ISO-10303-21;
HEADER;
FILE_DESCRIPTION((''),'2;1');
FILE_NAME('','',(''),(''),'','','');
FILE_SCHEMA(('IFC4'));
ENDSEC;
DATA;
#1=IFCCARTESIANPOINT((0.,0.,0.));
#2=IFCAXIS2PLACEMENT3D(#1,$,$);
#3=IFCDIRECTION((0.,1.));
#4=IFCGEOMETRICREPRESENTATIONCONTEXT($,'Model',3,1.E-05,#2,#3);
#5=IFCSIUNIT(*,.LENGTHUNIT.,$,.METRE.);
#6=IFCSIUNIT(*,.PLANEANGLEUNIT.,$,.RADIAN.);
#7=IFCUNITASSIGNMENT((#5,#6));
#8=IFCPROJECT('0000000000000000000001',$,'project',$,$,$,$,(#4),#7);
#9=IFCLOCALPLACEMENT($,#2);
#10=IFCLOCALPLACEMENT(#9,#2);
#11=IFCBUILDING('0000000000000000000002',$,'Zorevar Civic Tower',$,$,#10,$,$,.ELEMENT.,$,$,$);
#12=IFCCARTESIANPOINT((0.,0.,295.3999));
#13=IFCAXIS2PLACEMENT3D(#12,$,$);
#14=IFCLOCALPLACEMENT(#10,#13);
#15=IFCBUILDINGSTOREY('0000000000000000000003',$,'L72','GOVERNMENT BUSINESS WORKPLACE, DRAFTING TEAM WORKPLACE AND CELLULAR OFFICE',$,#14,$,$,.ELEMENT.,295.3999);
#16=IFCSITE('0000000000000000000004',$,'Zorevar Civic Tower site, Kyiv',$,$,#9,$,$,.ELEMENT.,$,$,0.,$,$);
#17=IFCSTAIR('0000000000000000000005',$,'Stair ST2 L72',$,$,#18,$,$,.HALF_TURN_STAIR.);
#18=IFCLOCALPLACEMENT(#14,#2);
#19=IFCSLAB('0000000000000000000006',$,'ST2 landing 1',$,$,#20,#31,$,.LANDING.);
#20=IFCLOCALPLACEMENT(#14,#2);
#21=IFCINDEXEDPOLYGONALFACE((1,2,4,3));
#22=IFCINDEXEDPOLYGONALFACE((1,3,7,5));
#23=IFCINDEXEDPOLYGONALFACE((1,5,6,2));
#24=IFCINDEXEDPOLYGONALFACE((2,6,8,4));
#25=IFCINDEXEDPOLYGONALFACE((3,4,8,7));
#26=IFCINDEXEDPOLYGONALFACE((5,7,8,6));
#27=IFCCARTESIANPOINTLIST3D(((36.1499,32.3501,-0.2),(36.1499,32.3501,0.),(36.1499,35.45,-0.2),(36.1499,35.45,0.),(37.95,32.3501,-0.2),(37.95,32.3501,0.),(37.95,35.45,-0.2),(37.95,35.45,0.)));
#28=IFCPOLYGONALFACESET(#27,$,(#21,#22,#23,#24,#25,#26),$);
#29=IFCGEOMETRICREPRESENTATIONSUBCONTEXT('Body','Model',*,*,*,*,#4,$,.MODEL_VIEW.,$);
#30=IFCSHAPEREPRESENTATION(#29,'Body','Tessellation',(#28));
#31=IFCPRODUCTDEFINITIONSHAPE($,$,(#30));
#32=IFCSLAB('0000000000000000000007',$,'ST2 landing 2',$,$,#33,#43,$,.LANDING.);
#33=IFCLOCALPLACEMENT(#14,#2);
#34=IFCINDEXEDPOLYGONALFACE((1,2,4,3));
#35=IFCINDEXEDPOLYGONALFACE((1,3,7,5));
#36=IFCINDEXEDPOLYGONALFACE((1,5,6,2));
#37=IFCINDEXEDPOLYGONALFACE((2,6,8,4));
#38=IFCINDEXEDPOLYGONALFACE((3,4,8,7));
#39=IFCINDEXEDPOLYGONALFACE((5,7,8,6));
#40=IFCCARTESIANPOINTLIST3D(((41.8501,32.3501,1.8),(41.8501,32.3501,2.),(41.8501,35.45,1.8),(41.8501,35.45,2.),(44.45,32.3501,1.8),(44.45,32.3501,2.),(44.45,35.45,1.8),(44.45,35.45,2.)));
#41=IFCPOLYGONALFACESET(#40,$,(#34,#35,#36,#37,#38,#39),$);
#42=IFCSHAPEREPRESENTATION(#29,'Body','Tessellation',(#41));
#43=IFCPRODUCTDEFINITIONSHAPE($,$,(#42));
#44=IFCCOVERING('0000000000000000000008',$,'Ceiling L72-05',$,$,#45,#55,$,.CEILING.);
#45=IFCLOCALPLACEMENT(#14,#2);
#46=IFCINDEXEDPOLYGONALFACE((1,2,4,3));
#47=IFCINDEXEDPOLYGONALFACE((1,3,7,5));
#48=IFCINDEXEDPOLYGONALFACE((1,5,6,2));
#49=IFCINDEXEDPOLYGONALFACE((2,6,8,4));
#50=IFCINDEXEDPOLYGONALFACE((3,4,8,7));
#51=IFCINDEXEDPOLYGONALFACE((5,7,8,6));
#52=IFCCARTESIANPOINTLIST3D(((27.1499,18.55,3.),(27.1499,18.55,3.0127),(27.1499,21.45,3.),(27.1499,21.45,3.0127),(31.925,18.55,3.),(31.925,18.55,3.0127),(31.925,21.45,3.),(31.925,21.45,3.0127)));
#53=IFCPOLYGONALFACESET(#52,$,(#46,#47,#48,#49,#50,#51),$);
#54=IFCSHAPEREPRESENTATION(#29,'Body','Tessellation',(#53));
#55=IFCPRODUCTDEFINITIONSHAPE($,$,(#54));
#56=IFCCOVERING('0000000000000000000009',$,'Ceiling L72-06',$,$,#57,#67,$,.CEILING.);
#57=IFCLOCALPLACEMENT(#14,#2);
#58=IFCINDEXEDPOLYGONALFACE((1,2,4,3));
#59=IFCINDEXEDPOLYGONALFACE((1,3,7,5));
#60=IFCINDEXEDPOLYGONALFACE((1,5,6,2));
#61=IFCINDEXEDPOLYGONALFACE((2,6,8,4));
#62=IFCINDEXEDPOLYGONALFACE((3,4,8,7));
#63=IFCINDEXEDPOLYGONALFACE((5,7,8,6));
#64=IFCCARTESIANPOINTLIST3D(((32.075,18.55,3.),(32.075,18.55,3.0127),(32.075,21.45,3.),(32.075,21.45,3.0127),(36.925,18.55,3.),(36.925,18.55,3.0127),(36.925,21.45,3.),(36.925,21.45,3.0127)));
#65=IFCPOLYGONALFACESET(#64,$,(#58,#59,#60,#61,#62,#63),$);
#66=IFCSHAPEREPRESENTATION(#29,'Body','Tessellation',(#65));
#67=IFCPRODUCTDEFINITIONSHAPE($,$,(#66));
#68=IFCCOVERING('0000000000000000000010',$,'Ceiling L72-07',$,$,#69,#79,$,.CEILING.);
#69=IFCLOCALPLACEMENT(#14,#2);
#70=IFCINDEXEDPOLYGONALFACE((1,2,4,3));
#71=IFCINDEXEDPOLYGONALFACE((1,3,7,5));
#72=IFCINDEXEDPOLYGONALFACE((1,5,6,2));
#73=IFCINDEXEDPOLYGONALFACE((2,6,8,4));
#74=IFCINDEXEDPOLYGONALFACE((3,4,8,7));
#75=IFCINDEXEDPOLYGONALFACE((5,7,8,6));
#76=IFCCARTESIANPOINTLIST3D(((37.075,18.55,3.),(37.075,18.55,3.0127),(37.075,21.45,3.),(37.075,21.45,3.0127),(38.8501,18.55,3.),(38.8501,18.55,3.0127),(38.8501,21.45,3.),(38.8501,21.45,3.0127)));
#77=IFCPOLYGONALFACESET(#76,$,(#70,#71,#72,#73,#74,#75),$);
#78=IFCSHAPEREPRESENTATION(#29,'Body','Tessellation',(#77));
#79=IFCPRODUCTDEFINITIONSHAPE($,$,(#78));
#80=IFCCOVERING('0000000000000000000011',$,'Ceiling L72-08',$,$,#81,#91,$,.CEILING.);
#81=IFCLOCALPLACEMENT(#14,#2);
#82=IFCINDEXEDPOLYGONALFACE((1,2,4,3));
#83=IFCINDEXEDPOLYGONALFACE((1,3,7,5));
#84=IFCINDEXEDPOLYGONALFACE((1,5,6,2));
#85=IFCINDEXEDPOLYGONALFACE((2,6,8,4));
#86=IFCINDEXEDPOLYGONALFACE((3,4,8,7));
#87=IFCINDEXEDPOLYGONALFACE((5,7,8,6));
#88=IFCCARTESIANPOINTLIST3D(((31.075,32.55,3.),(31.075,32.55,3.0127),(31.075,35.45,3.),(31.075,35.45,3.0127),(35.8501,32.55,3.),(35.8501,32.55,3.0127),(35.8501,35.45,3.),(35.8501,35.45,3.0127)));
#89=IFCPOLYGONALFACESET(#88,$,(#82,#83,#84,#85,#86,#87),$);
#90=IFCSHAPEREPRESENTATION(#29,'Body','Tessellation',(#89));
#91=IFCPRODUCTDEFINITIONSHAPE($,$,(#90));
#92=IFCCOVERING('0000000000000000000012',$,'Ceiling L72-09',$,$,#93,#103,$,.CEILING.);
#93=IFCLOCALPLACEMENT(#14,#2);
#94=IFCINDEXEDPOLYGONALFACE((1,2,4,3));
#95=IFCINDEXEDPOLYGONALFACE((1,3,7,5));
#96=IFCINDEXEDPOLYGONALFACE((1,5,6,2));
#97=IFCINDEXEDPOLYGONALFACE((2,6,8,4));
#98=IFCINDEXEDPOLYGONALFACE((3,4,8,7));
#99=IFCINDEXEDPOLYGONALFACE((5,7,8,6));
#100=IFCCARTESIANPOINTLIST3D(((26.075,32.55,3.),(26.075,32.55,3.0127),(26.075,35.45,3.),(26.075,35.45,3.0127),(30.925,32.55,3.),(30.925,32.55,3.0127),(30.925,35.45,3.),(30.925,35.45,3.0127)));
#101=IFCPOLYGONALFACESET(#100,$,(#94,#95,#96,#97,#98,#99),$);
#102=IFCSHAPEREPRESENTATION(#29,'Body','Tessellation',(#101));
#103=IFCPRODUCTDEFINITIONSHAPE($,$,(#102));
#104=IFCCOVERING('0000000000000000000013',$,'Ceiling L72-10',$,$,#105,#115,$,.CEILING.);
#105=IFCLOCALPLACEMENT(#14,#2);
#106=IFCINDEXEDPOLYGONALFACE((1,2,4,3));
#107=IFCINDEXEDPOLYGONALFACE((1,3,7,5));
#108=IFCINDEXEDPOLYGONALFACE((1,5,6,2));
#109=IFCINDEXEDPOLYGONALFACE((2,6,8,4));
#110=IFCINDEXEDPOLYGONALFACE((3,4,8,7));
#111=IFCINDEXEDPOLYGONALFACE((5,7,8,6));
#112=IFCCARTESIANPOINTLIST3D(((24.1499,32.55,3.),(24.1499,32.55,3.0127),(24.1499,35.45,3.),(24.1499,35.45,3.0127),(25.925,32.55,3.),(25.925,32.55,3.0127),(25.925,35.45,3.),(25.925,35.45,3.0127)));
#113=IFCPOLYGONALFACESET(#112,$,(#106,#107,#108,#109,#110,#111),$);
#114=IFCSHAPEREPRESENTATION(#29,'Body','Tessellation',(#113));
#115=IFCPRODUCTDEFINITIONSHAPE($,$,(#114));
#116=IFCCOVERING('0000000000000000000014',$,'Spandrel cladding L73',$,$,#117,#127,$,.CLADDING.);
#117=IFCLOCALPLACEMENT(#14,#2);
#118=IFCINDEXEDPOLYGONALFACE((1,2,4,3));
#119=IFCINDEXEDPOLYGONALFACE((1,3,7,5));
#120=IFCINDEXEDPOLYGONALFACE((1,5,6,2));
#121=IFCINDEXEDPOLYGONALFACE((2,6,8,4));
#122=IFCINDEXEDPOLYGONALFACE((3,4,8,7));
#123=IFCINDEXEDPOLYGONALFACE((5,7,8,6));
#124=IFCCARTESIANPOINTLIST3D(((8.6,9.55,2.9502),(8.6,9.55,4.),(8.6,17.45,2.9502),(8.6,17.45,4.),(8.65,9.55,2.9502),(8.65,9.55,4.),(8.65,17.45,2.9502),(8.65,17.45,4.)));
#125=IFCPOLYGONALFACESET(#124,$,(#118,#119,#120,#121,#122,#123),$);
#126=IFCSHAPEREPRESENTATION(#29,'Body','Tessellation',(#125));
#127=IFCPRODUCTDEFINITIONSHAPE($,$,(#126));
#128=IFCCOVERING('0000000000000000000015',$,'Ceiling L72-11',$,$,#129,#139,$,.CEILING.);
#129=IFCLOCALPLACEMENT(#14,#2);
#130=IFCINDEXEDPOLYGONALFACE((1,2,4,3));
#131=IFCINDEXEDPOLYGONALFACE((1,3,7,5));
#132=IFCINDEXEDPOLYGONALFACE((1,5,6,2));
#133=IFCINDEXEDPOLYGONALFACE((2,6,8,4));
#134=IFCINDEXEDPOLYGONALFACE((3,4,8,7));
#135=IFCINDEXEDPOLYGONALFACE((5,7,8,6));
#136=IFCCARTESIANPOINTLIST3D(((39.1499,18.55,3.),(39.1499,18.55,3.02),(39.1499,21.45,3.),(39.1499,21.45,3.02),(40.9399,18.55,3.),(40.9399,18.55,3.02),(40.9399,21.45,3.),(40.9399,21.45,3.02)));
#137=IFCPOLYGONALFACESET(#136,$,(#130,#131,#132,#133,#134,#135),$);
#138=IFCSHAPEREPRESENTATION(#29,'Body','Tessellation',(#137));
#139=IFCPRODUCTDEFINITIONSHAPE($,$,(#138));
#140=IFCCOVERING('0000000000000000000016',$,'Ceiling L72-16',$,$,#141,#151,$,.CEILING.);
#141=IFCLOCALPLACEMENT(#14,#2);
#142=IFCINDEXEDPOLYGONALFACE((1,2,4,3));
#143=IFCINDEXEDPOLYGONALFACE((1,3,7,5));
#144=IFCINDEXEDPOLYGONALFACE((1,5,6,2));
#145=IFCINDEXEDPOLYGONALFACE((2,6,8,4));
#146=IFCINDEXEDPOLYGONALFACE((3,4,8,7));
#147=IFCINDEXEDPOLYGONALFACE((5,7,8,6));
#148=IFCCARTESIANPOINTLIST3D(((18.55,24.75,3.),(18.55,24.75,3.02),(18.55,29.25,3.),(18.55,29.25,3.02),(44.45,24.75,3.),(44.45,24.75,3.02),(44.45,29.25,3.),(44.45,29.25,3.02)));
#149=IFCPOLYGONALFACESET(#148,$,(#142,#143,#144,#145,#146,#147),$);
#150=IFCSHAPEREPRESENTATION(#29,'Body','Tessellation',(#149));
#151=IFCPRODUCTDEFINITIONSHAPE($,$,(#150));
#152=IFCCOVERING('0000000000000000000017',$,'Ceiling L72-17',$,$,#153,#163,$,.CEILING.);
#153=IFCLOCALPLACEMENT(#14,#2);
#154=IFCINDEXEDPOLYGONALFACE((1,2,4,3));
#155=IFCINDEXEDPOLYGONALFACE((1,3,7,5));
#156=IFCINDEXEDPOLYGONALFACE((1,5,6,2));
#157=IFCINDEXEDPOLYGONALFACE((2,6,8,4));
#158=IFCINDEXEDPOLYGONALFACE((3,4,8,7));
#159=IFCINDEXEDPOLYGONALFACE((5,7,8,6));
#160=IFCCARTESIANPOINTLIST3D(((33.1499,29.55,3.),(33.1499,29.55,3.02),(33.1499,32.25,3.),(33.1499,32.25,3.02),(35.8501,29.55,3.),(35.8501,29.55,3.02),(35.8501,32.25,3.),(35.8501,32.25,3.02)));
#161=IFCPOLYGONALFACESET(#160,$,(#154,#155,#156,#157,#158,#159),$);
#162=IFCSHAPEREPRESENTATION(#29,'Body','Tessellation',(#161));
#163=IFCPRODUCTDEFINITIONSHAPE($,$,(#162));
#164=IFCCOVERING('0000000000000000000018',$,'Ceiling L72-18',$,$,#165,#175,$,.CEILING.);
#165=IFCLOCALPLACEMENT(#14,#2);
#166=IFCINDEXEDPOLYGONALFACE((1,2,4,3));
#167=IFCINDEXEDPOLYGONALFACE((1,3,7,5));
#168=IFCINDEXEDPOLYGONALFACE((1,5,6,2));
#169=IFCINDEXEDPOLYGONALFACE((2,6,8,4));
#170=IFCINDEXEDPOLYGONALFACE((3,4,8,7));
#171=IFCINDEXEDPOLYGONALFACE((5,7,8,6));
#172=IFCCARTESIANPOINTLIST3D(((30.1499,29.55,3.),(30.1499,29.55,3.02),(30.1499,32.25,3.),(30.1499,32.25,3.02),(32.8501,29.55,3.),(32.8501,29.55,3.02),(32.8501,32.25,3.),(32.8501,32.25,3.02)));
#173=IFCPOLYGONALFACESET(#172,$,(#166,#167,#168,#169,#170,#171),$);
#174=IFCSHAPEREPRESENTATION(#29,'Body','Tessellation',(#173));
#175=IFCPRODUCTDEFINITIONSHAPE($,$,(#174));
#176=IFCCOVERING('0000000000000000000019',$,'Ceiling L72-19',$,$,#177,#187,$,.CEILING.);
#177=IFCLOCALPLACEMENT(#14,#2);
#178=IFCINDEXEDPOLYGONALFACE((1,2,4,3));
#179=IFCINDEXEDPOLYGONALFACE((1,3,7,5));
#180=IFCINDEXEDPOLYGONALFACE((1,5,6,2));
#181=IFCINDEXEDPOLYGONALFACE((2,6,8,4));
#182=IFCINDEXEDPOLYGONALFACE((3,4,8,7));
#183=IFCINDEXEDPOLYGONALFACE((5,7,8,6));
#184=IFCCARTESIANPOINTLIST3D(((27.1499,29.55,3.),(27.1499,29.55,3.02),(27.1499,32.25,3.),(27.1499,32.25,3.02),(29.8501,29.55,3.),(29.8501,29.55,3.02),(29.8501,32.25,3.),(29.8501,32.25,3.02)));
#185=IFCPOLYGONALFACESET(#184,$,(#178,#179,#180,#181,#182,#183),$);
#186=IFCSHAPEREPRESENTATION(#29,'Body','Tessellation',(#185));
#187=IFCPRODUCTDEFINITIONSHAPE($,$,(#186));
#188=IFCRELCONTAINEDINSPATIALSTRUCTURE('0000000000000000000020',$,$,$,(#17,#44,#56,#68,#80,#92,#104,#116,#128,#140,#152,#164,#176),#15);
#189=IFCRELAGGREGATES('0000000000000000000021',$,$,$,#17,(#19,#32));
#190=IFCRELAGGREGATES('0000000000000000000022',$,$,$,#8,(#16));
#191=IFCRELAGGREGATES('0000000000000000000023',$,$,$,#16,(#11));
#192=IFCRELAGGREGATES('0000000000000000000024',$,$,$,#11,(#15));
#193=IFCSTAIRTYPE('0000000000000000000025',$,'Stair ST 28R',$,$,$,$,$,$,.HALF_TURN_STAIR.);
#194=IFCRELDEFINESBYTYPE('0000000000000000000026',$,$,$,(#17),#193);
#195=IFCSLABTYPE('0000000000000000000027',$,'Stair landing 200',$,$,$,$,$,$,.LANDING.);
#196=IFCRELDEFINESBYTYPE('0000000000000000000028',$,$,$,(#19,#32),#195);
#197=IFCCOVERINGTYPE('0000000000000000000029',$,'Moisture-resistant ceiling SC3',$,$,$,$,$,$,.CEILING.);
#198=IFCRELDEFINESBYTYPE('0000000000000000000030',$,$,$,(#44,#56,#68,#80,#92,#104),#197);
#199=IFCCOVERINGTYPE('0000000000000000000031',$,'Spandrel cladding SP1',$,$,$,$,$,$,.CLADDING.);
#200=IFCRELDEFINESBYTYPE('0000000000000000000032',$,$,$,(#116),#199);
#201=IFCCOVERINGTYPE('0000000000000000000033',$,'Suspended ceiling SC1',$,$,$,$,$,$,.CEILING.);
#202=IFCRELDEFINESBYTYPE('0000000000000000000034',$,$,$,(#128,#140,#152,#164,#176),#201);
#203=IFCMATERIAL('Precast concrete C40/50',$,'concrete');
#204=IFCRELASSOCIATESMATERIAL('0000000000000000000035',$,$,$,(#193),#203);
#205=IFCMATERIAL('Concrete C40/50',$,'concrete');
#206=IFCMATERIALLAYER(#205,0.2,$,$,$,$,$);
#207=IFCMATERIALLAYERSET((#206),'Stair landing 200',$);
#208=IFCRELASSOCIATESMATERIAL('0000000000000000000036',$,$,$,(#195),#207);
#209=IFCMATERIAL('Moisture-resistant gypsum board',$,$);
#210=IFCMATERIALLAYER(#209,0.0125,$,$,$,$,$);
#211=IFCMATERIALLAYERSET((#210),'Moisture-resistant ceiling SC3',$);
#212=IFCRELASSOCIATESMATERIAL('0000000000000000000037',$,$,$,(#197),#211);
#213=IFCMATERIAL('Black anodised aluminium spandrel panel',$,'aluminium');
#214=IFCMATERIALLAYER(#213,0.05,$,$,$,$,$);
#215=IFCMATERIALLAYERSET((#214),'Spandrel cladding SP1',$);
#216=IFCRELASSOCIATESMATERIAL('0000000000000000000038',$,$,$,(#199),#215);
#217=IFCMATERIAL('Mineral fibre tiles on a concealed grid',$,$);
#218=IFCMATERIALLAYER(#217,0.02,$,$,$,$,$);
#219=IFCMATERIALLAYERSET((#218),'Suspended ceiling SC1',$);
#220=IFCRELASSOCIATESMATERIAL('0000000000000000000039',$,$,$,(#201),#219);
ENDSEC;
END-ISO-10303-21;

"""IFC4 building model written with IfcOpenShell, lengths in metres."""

from ifc_helpers import new_model, si_unit, direction, frame, frame_2d, origin, place, context, subcontext, project, spatial, polyline, rectangle, outline, extrude, material, layer, layer_set, type_object, element, aggregate, save


model = new_model("IFC4")

# Units and contexts
model_context = context("Model", 3, precision=1e-05, world=origin(), true_north=direction((0.0, 1.0)))
body_context = subcontext(model_context, "Body", "Model", "MODEL_VIEW")
ifc_project = project(units=[si_unit("LENGTHUNIT", "METRE"), si_unit("PLANEANGLEUNIT", "RADIAN")], contexts=[model_context])

# Site, building, storey
site_placement = place(None, origin())
site = spatial("IfcSite", under=ifc_project, at=site_placement, Name="Zorevar Civic Tower site, Kyiv", CompositionType="ELEMENT", RefElevation=0.0)
building_placement = place(site_placement, origin())
building = spatial("IfcBuilding", under=site, at=building_placement, Name="Zorevar Civic Tower", CompositionType="ELEMENT")
storey_placement = place(building_placement, frame((0.0, 0.0, 295.3999)))
storey = spatial("IfcBuildingStorey", under=building, at=storey_placement, Name="L72", Description="GOVERNMENT BUSINESS WORKPLACE, DRAFTING TEAM WORKPLACE AND CELLULAR OFFICE", CompositionType="ELEMENT", Elevation=295.3999)

# Stair, slabs
ifc_material_1 = material(Name="Precast concrete C40/50", Category="concrete")
stair_type = type_object("IfcStairType", Name="Stair ST 28R", PredefinedType="HALF_TURN_STAIR", material=ifc_material_1)
ifc_material_2 = material(Name="Concrete C40/50", Category="concrete")
ifc_layer_1 = layer(ifc_material_2, 0.2)
ifc_layer_set_1 = layer_set([ifc_layer_1], Name="Stair landing 200")
slab_type_1 = type_object("IfcSlabType", Name="Stair landing 200", PredefinedType="LANDING", material=ifc_layer_set_1)
stair_1_placement = place(storey_placement, origin())
stair_1 = element("IfcStair", 1, at=stair_1_placement, inside=storey, type_object=stair_type, Name="Stair ST2 L72", PredefinedType="HALF_TURN_STAIR")
slab_1_placement = place(storey_placement, frame((0.0, 0.0, -0.2)))
slab_1 = element("IfcSlab", 2, at=slab_1_placement, type_object=slab_type_1, Name="ST2 landing 1", PredefinedType="LANDING", context=body_context, shape_type="SweptSolid", body=[
    extrude(outline(polyline([(37.95, 32.3501), (36.1499, 32.3501), (36.1499, 35.45), (37.95, 35.45), (37.95, 32.3501)])), origin(), (0.0, 0.0, 1.0), 0.2),
])
slab_2_placement = place(storey_placement, frame((0.0, 0.0, 1.8)))
slab_2 = element("IfcSlab", 3, at=slab_2_placement, type_object=slab_type_1, Name="ST2 landing 2", PredefinedType="LANDING", context=body_context, shape_type="SweptSolid", body=[
    extrude(outline(polyline([(44.45, 32.3501), (41.8501, 32.3501), (41.8501, 35.45), (44.45, 35.45), (44.45, 32.3501)])), origin(), (0.0, 0.0, 1.0), 0.2),
])
aggregate(stair_1, [slab_1, slab_2])

# Coverings
ifc_material_3 = material(Name="Moisture-resistant gypsum board")
ifc_layer_2 = layer(ifc_material_3, 0.0125)
ifc_layer_set_2 = layer_set([ifc_layer_2], Name="Moisture-resistant ceiling SC3")
covering_type_1 = type_object("IfcCoveringType", Name="Moisture-resistant ceiling SC3", PredefinedType="CEILING", material=ifc_layer_set_2)
covering_1_placement = place(storey_placement, frame((0.0, 0.0, 3.0)))
element("IfcCovering", 4, at=covering_1_placement, inside=storey, type_object=covering_type_1, Name="Ceiling L72-05", PredefinedType="CEILING", context=body_context, shape_type="SweptSolid", body=[
    extrude(outline(polyline([(31.925, 18.55), (31.925, 21.45), (27.1499, 21.45), (27.1499, 18.55), (31.925, 18.55)])), origin(), (0.0, 0.0, 1.0), 0.0127),
])
covering_2_placement = place(storey_placement, frame((0.0, 0.0, 3.0)))
element("IfcCovering", 5, at=covering_2_placement, inside=storey, type_object=covering_type_1, Name="Ceiling L72-06", PredefinedType="CEILING", context=body_context, shape_type="SweptSolid", body=[
    extrude(outline(polyline([(36.925, 18.55), (36.925, 21.45), (32.075, 21.45), (32.075, 18.55), (36.925, 18.55)])), origin(), (0.0, 0.0, 1.0), 0.0127),
])
covering_3_placement = place(storey_placement, frame((0.0, 0.0, 3.0)))
element("IfcCovering", 6, at=covering_3_placement, inside=storey, type_object=covering_type_1, Name="Ceiling L72-07", PredefinedType="CEILING", context=body_context, shape_type="SweptSolid", body=[
    extrude(outline(polyline([(38.8501, 18.55), (38.8501, 21.45), (37.075, 21.45), (37.075, 18.55), (38.8501, 18.55)])), origin(), (0.0, 0.0, 1.0), 0.0127),
])
covering_4_placement = place(storey_placement, frame((0.0, 0.0, 3.0)))
element("IfcCovering", 7, at=covering_4_placement, inside=storey, type_object=covering_type_1, Name="Ceiling L72-08", PredefinedType="CEILING", context=body_context, shape_type="SweptSolid", body=[
    extrude(outline(polyline([(35.8501, 32.55), (35.8501, 35.45), (31.075, 35.45), (31.075, 32.55), (35.8501, 32.55)])), origin(), (0.0, 0.0, 1.0), 0.0127),
])
covering_5_placement = place(storey_placement, frame((0.0, 0.0, 3.0)))
element("IfcCovering", 8, at=covering_5_placement, inside=storey, type_object=covering_type_1, Name="Ceiling L72-09", PredefinedType="CEILING", context=body_context, shape_type="SweptSolid", body=[
    extrude(outline(polyline([(30.925, 32.55), (30.925, 35.45), (26.075, 35.45), (26.075, 32.55), (30.925, 32.55)])), origin(), (0.0, 0.0, 1.0), 0.0127),
])
covering_6_placement = place(storey_placement, frame((0.0, 0.0, 3.0)))
element("IfcCovering", 9, at=covering_6_placement, inside=storey, type_object=covering_type_1, Name="Ceiling L72-10", PredefinedType="CEILING", context=body_context, shape_type="SweptSolid", body=[
    extrude(outline(polyline([(25.925, 32.55), (25.925, 35.45), (24.1499, 35.45), (24.1499, 32.55), (25.925, 32.55)])), origin(), (0.0, 0.0, 1.0), 0.0127),
])
ifc_material_4 = material(Name="Black anodised aluminium spandrel panel", Category="aluminium")
ifc_layer_3 = layer(ifc_material_4, 0.05)
ifc_layer_set_3 = layer_set([ifc_layer_3], Name="Spandrel cladding SP1")
covering_type_2 = type_object("IfcCoveringType", Name="Spandrel cladding SP1", PredefinedType="CLADDING", material=ifc_layer_set_3)
covering_7_placement = place(storey_placement, frame((8.625, 9.55, 2.9502), z_axis=(0.0, 0.0, 1.0), x_axis=(0.0, 1.0, 0.0)))
element("IfcCovering", 10, at=covering_7_placement, inside=storey, type_object=covering_type_2, Name="Spandrel cladding L73", PredefinedType="CLADDING", context=body_context, shape_type="SweptSolid", body=[
    extrude(rectangle(XDim=7.8999, YDim=0.05, at=frame_2d((3.95, 0.0))), origin(), (0.0, 0.0, 1.0), 1.0498),
])
ifc_material_5 = material(Name="Mineral fibre tiles on a concealed grid")
ifc_layer_4 = layer(ifc_material_5, 0.02)
ifc_layer_set_4 = layer_set([ifc_layer_4], Name="Suspended ceiling SC1")
covering_type_3 = type_object("IfcCoveringType", Name="Suspended ceiling SC1", PredefinedType="CEILING", material=ifc_layer_set_4)
covering_8_placement = place(storey_placement, frame((0.0, 0.0, 3.0)))
element("IfcCovering", 11, at=covering_8_placement, inside=storey, type_object=covering_type_3, Name="Ceiling L72-11", PredefinedType="CEILING", context=body_context, shape_type="SweptSolid", body=[
    extrude(outline(polyline([(40.9399, 18.55), (40.9399, 21.45), (39.1499, 21.45), (39.1499, 18.55), (40.9399, 18.55)])), origin(), (0.0, 0.0, 1.0), 0.02),
])
covering_9_placement = place(storey_placement, frame((0.0, 0.0, 3.0)))
element("IfcCovering", 12, at=covering_9_placement, inside=storey, type_object=covering_type_3, Name="Ceiling L72-16", PredefinedType="CEILING", context=body_context, shape_type="SweptSolid", body=[
    extrude(outline(polyline([(44.45, 24.75), (44.45, 29.25), (18.55, 29.25), (18.55, 24.75), (44.45, 24.75)])), origin(), (0.0, 0.0, 1.0), 0.02),
])
covering_10_placement = place(storey_placement, frame((0.0, 0.0, 3.0)))
element("IfcCovering", 13, at=covering_10_placement, inside=storey, type_object=covering_type_3, Name="Ceiling L72-17", PredefinedType="CEILING", context=body_context, shape_type="SweptSolid", body=[
    extrude(outline(polyline([(35.8501, 29.55), (35.8501, 32.25), (33.1499, 32.25), (33.1499, 29.55), (35.8501, 29.55)])), origin(), (0.0, 0.0, 1.0), 0.02),
])
covering_11_placement = place(storey_placement, frame((0.0, 0.0, 3.0)))
element("IfcCovering", 14, at=covering_11_placement, inside=storey, type_object=covering_type_3, Name="Ceiling L72-18", PredefinedType="CEILING", context=body_context, shape_type="SweptSolid", body=[
    extrude(outline(polyline([(32.8501, 29.55), (32.8501, 32.25), (30.1499, 32.25), (30.1499, 29.55), (32.8501, 29.55)])), origin(), (0.0, 0.0, 1.0), 0.02),
])
covering_12_placement = place(storey_placement, frame((0.0, 0.0, 3.0)))
element("IfcCovering", 15, at=covering_12_placement, inside=storey, type_object=covering_type_3, Name="Ceiling L72-19", PredefinedType="CEILING", context=body_context, shape_type="SweptSolid", body=[
    extrude(outline(polyline([(29.8501, 29.55), (29.8501, 32.25), (27.1499, 32.25), (27.1499, 29.55), (29.8501, 29.55)])), origin(), (0.0, 0.0, 1.0), 0.02),
])

save(model, "model.ifc")
